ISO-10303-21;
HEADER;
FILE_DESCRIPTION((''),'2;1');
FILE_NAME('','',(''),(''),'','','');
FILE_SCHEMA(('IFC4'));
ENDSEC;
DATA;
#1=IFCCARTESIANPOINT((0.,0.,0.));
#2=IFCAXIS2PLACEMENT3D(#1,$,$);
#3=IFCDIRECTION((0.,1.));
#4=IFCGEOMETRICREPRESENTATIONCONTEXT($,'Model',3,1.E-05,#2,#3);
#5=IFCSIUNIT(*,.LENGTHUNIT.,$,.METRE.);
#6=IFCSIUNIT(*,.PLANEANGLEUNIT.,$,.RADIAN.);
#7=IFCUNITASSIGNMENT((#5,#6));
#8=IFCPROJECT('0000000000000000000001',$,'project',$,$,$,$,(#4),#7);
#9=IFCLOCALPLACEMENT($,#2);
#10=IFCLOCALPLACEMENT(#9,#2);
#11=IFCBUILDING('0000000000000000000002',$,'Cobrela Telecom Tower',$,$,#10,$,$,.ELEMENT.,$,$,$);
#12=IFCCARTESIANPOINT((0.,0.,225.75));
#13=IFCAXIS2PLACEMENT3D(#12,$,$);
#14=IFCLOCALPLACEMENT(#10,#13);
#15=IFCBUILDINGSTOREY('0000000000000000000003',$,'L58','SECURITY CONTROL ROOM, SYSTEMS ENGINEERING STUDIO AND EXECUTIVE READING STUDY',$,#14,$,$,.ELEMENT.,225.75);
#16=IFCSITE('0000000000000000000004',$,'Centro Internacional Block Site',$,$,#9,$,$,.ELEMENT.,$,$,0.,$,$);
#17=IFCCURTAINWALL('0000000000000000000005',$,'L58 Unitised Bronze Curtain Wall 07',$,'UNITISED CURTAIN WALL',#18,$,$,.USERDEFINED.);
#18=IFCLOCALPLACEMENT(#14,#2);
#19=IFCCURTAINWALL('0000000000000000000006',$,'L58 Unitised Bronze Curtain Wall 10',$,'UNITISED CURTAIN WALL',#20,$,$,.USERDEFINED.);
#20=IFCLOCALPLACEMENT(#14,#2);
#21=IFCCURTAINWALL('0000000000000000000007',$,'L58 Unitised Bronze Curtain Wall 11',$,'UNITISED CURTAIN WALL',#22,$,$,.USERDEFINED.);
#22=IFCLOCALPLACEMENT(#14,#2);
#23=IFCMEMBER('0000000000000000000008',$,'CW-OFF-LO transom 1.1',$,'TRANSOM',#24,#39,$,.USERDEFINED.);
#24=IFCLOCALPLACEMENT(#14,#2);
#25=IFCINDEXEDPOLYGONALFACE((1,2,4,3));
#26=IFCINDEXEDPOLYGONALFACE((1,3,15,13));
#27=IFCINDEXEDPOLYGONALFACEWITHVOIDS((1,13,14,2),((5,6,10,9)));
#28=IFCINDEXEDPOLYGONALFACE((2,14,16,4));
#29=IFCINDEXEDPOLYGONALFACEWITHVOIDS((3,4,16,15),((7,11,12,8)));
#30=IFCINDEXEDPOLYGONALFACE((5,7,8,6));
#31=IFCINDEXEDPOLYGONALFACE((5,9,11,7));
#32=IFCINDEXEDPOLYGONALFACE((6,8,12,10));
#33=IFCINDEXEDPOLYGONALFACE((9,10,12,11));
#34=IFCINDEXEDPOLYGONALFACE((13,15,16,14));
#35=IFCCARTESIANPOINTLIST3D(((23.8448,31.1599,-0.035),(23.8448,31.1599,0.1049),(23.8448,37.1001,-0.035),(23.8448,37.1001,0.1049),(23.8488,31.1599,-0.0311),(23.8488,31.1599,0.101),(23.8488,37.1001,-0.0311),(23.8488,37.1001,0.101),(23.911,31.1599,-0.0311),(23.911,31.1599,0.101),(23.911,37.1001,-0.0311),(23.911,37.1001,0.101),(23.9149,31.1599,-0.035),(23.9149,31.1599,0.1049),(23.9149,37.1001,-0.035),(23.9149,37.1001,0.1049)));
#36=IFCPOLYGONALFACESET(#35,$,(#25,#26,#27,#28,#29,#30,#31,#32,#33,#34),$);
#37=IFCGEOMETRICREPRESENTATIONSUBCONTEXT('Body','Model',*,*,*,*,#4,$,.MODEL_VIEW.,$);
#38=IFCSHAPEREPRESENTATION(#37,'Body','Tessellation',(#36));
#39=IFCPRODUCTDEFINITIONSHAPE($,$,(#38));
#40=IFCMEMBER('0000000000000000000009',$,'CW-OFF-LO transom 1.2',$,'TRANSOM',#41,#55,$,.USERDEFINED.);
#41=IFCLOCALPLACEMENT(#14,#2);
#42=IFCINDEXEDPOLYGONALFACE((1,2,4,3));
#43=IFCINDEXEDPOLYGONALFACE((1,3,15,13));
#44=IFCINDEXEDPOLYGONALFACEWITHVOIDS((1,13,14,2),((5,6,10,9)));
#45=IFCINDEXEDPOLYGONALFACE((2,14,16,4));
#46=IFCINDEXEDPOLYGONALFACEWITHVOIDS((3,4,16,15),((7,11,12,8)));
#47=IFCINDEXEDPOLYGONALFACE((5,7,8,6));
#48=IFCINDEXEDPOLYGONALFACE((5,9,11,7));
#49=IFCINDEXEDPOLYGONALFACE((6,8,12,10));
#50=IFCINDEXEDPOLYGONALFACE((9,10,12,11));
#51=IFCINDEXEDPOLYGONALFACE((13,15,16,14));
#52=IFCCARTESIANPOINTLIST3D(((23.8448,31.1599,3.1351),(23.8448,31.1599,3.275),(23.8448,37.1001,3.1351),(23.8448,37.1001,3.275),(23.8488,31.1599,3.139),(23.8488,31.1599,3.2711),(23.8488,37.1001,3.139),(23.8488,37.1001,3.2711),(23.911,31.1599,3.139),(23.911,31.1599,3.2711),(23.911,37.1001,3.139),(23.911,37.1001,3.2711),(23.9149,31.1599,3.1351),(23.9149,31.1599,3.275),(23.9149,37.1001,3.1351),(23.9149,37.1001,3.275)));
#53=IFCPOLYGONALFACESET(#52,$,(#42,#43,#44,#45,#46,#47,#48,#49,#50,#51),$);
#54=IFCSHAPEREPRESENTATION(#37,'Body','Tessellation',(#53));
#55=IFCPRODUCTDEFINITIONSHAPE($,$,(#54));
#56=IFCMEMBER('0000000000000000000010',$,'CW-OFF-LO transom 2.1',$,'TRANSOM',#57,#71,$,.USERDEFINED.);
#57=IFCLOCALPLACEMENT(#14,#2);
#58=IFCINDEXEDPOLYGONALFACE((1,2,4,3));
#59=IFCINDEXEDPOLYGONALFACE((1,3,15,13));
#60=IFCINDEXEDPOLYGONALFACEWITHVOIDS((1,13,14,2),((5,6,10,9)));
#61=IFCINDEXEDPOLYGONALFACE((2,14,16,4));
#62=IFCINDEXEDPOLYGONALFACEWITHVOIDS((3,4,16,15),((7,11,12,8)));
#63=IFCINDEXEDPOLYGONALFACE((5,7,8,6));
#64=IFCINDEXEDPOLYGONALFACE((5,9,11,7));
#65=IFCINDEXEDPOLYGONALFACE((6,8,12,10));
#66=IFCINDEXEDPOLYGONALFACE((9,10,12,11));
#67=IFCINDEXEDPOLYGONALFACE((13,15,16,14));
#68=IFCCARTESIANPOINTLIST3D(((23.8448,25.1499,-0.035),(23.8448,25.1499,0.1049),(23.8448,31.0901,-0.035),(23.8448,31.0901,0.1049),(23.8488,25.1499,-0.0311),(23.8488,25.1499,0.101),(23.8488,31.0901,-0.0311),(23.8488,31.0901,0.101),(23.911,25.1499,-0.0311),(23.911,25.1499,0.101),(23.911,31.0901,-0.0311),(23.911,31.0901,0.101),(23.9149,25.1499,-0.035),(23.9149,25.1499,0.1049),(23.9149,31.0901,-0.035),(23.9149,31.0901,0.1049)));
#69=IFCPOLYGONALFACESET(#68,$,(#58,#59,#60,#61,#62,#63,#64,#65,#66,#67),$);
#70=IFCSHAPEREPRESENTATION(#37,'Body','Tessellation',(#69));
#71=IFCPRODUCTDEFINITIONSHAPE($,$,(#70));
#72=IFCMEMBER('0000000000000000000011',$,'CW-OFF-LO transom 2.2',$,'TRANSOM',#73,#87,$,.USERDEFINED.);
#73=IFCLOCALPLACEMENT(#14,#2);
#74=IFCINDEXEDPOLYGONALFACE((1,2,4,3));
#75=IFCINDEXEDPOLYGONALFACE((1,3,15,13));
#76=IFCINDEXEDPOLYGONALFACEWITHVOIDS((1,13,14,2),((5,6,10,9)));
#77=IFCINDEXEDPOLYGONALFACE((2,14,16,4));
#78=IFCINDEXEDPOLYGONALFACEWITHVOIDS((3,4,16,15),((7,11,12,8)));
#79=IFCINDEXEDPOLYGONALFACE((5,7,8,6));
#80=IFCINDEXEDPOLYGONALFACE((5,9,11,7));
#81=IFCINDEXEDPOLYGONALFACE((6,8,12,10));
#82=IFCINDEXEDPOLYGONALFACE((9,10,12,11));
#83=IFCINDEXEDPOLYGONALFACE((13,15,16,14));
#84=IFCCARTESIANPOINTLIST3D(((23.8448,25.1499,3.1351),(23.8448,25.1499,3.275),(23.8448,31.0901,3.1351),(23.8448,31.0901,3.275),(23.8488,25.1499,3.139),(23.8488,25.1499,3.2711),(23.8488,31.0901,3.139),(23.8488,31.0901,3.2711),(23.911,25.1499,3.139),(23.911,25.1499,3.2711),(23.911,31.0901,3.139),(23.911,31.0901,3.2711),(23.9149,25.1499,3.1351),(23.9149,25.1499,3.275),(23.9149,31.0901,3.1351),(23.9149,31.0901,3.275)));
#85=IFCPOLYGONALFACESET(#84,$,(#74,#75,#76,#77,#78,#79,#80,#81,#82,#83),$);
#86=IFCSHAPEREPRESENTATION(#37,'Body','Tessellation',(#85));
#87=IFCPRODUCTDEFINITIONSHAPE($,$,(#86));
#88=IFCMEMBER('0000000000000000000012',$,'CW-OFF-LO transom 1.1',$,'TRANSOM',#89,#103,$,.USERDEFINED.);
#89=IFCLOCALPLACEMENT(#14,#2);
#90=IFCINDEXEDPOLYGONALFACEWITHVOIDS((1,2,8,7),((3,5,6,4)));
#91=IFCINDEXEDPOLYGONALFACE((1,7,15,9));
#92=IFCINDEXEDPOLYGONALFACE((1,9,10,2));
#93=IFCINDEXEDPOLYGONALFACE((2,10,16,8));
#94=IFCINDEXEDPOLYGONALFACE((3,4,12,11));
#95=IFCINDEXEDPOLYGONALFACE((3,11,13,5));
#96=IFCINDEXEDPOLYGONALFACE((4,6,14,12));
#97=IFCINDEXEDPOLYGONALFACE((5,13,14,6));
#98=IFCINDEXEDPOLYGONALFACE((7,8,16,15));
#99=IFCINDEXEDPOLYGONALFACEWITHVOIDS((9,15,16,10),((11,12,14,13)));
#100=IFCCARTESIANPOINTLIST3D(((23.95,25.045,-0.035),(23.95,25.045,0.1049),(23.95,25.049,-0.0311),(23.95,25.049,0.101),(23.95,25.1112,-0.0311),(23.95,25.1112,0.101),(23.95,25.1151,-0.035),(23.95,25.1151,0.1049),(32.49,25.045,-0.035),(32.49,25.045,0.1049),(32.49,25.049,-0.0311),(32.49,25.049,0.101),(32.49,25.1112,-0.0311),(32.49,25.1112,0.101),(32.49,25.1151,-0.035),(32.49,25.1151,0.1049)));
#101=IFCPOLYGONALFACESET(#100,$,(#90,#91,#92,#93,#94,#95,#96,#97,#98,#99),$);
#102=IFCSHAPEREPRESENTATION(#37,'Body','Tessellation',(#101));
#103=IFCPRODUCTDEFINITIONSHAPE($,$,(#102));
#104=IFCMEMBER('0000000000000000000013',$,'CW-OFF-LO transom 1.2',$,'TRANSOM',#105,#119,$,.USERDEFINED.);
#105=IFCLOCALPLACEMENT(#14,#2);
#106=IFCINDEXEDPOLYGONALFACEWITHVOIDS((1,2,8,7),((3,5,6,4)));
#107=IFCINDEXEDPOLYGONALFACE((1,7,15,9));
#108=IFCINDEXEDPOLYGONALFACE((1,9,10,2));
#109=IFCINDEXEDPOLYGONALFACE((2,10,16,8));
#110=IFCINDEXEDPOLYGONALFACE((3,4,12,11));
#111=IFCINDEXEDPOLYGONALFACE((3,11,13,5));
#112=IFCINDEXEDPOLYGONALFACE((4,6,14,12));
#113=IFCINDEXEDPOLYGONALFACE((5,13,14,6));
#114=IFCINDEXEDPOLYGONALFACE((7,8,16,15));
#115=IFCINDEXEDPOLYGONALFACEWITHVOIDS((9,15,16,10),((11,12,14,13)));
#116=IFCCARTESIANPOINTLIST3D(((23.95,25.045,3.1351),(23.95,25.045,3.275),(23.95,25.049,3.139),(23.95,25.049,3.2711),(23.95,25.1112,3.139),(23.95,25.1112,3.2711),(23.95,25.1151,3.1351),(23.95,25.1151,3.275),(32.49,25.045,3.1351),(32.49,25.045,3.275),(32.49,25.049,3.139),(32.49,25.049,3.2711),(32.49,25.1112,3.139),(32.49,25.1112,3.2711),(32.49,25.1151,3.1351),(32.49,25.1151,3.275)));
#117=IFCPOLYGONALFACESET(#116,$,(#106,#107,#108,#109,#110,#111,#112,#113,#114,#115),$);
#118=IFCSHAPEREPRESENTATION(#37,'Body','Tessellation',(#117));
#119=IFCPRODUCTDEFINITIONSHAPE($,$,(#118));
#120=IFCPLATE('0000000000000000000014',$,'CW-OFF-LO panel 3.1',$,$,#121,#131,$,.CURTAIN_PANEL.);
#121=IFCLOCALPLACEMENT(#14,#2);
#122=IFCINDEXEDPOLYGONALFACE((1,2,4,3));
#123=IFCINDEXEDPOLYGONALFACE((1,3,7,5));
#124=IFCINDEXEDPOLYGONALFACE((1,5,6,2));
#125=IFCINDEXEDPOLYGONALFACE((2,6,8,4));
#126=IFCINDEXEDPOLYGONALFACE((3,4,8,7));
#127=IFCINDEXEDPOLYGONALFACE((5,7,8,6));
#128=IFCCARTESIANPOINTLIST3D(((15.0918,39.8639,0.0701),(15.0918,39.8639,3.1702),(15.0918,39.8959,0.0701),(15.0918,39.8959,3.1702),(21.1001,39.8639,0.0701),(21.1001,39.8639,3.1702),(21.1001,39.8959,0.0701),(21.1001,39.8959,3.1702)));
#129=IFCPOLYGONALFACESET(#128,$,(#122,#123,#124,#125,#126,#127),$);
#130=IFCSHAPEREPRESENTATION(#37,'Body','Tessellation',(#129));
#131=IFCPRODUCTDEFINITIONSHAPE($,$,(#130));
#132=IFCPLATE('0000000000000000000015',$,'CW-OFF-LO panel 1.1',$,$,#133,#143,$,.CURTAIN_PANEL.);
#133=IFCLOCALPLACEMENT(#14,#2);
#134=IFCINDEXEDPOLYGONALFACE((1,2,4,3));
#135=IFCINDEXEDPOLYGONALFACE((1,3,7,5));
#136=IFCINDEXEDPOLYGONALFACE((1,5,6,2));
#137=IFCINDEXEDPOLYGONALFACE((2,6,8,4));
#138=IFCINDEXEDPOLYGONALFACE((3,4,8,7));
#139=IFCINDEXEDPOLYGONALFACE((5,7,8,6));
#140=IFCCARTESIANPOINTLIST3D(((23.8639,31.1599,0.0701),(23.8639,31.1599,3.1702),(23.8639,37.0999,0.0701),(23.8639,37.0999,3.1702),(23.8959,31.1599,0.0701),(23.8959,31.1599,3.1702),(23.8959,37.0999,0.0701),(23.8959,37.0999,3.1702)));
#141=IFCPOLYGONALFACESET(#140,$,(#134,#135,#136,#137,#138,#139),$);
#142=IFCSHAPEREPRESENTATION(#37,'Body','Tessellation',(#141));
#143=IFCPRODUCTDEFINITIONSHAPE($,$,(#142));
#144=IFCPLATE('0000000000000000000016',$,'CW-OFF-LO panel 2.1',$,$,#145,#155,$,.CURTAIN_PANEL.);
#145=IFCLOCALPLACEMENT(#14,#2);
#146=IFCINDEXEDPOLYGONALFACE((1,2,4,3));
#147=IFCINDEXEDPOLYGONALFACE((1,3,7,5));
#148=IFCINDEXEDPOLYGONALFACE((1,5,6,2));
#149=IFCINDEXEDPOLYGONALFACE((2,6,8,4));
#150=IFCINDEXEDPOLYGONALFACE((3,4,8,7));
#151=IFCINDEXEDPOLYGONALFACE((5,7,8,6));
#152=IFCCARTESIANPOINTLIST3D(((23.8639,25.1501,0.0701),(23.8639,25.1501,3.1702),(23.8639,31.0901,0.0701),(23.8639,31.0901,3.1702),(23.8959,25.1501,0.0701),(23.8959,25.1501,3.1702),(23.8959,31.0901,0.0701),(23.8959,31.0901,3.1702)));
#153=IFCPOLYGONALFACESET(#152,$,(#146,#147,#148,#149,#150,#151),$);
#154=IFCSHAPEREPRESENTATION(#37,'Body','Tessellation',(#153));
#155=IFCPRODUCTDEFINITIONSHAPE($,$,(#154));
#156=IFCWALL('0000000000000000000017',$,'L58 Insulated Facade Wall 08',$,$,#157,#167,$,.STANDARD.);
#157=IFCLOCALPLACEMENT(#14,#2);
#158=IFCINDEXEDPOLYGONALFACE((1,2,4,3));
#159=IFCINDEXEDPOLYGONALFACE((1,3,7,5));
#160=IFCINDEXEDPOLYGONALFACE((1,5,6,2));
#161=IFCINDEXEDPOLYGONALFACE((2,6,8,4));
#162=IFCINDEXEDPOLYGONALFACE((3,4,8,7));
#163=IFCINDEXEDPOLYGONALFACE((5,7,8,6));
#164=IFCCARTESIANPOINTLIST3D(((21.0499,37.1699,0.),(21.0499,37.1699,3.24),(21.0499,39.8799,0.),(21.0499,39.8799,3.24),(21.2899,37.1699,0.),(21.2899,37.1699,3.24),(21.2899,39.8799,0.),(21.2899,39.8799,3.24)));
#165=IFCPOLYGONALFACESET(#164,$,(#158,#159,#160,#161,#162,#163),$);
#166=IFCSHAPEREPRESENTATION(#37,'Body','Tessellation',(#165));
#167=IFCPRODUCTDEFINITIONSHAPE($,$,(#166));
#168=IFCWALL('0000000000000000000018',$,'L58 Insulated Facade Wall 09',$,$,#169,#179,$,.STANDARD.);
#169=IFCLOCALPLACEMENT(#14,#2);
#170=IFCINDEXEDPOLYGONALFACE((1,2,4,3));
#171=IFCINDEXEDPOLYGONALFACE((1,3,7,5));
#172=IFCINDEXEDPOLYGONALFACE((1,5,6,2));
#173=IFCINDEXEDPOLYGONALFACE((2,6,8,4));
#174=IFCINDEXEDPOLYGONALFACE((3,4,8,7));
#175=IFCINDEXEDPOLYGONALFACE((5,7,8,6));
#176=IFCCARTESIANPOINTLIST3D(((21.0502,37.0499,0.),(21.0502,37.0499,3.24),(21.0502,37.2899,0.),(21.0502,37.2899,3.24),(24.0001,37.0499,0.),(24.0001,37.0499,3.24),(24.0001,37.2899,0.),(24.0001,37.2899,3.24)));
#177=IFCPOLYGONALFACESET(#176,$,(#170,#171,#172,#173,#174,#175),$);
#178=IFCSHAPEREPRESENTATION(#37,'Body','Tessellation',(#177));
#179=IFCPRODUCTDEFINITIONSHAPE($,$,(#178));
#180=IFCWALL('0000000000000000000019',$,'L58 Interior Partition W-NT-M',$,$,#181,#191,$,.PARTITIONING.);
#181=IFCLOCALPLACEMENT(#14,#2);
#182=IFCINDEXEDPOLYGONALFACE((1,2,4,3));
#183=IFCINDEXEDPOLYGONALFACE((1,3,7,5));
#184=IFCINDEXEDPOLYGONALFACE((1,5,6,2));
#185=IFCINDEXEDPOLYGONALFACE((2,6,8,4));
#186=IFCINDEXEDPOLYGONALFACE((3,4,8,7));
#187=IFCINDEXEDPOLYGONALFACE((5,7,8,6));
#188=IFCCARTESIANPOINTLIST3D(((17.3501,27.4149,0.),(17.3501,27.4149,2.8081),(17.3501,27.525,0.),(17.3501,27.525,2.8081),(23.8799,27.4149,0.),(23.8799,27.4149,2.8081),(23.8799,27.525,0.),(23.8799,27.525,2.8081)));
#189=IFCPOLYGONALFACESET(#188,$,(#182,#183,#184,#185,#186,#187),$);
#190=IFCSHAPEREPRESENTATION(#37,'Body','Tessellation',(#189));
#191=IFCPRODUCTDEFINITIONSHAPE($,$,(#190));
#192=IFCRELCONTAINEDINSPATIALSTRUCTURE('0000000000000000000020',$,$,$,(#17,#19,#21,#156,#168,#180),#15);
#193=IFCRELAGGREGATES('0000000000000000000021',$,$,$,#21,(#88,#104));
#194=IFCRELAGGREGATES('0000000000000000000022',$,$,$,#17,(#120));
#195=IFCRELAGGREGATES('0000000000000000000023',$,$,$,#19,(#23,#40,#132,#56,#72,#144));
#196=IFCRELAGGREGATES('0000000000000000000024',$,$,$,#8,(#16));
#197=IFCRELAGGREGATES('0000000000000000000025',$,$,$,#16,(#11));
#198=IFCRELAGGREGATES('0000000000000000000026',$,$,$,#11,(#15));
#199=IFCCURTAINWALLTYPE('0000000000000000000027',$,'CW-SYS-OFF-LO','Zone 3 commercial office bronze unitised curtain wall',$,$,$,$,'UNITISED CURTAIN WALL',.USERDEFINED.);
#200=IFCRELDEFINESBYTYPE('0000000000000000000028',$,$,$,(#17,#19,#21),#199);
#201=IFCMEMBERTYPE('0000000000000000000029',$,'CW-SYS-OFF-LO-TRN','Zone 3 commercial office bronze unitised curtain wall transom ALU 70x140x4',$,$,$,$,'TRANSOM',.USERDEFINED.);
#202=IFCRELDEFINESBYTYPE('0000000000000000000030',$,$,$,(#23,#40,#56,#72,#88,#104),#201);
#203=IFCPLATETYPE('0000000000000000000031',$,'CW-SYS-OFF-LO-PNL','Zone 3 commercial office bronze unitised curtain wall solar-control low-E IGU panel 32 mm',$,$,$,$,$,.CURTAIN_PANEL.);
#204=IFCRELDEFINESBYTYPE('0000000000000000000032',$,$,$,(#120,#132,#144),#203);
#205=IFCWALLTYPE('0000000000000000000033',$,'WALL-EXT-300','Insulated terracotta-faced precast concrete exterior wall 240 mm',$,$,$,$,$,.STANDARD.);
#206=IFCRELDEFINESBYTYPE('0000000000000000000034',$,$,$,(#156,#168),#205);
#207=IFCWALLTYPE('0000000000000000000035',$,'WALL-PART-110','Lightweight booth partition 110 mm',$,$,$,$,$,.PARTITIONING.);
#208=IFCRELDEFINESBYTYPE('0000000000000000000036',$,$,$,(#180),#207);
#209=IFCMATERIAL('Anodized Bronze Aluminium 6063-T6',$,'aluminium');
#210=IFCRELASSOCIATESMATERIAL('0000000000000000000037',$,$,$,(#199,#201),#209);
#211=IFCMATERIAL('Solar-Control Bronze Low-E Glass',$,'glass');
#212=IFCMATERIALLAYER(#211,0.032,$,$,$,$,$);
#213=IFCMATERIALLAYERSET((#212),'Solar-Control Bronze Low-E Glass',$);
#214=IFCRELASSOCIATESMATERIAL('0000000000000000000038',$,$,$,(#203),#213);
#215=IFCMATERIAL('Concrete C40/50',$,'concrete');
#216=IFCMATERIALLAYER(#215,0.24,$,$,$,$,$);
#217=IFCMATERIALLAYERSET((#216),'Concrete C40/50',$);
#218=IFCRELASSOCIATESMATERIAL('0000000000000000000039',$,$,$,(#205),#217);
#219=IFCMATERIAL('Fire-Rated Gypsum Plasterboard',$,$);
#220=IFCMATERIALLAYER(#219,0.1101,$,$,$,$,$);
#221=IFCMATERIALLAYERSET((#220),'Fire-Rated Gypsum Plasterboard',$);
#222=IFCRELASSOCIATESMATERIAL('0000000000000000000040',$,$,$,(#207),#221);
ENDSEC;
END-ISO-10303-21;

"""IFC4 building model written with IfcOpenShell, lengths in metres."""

from ifc_helpers import new_model, si_unit, direction, frame, frame_2d, origin, origin_2d, place, context, subcontext, project, spatial, rectangle, hollow_rectangle, extrude, material, layer, layer_set, material_profile, profile_set, type_object, element, aggregate, save


model = new_model("IFC4")

# Units and contexts
model_context = context("Model", 3, precision=1e-05, world=origin(), true_north=direction((0.0, 1.0)))
body_context = subcontext(model_context, "Body", "Model", "MODEL_VIEW")
ifc_project = project(units=[si_unit("LENGTHUNIT", "METRE"), si_unit("PLANEANGLEUNIT", "RADIAN")], contexts=[model_context])

# Site, building, storey
site_placement = place(None, origin())
site = spatial("IfcSite", under=ifc_project, at=site_placement, Name="Centro Internacional Block Site", CompositionType="ELEMENT", RefElevation=0.0)
building_placement = place(site_placement, origin())
building = spatial("IfcBuilding", under=site, at=building_placement, Name="Cobrela Telecom Tower", CompositionType="ELEMENT")
storey_placement = place(building_placement, frame((0.0, 0.0, 225.75)))
storey = spatial("IfcBuildingStorey", under=building, at=storey_placement, Name="L58", Description="SECURITY CONTROL ROOM, SYSTEMS ENGINEERING STUDIO AND EXECUTIVE READING STUDY", CompositionType="ELEMENT", Elevation=225.75)

# Curtain wall
ifc_material_1 = material(Name="Anodized Bronze Aluminium 6063-T6", Category="aluminium")
curtain_wall_type = type_object("IfcCurtainWallType", Name="CW-SYS-OFF-LO", Description="Zone 3 commercial office bronze unitised curtain wall", ElementType="UNITISED CURTAIN WALL", PredefinedType="USERDEFINED", material=ifc_material_1)
curtain_wall_1_placement = place(storey_placement, origin())
curtain_wall_1 = element("IfcCurtainWall", 1, at=curtain_wall_1_placement, inside=storey, type_object=curtain_wall_type, Name="L58 Unitised Bronze Curtain Wall 07", ObjectType="UNITISED CURTAIN WALL", PredefinedType="USERDEFINED")

# Curtain wall
curtain_wall_2_placement = place(storey_placement, origin())
curtain_wall_2 = element("IfcCurtainWall", 2, at=curtain_wall_2_placement, inside=storey, type_object=curtain_wall_type, Name="L58 Unitised Bronze Curtain Wall 10", ObjectType="UNITISED CURTAIN WALL", PredefinedType="USERDEFINED")

# Curtain wall
curtain_wall_3_placement = place(storey_placement, origin())
curtain_wall_3 = element("IfcCurtainWall", 3, at=curtain_wall_3_placement, inside=storey, type_object=curtain_wall_type, Name="L58 Unitised Bronze Curtain Wall 11", ObjectType="UNITISED CURTAIN WALL", PredefinedType="USERDEFINED")

# Members
ifc_material_profile_1 = material_profile(ifc_material_1, hollow_rectangle(XDim=0.0701, YDim=0.1399, WallThickness=0.0039, at=origin_2d()), Name="ALU 70x140x4")
ifc_profile_set_1 = profile_set([ifc_material_profile_1], Name="Anodized Bronze Aluminium 6063-T6")
member_type_1 = type_object("IfcMemberType", Name="CW-SYS-OFF-LO-TRN", Description="Zone 3 commercial office bronze unitised curtain wall transom ALU 70x140x4", ElementType="TRANSOM", PredefinedType="USERDEFINED", material=ifc_profile_set_1)
member_1_placement = place(storey_placement, frame((23.8799, 37.1001, 0.0349), z_axis=(0.0, -1.0, 0.0), x_axis=(1.0, 0.0, 0.0)))
member_1 = element("IfcMember", 4, at=member_1_placement, type_object=member_type_1, Name="CW-OFF-LO transom 1.1", ObjectType="TRANSOM", PredefinedType="USERDEFINED", context=body_context, shape_type="SweptSolid", body=[
    extrude(hollow_rectangle(XDim=0.0701, YDim=0.1399, WallThickness=0.0039, at=origin_2d()), origin(), (0.0, 0.0, 1.0), 5.9402),
])
member_2_placement = place(storey_placement, frame((23.8799, 37.1001, 3.2051), z_axis=(0.0, -1.0, 0.0), x_axis=(1.0, 0.0, 0.0)))
member_2 = element("IfcMember", 5, at=member_2_placement, type_object=member_type_1, Name="CW-OFF-LO transom 1.2", ObjectType="TRANSOM", PredefinedType="USERDEFINED", context=body_context, shape_type="SweptSolid", body=[
    extrude(hollow_rectangle(XDim=0.0701, YDim=0.1399, WallThickness=0.0039, at=origin_2d()), origin(), (0.0, 0.0, 1.0), 5.9402),
])
member_3_placement = place(storey_placement, frame((23.8799, 31.0901, 0.0349), z_axis=(0.0, -1.0, 0.0), x_axis=(1.0, 0.0, 0.0)))
member_3 = element("IfcMember", 6, at=member_3_placement, type_object=member_type_1, Name="CW-OFF-LO transom 2.1", ObjectType="TRANSOM", PredefinedType="USERDEFINED", context=body_context, shape_type="SweptSolid", body=[
    extrude(hollow_rectangle(XDim=0.0701, YDim=0.1399, WallThickness=0.0039, at=origin_2d()), origin(), (0.0, 0.0, 1.0), 5.9402),
])
member_4_placement = place(storey_placement, frame((23.8799, 31.0901, 3.2051), z_axis=(0.0, -1.0, 0.0), x_axis=(1.0, 0.0, 0.0)))
member_4 = element("IfcMember", 7, at=member_4_placement, type_object=member_type_1, Name="CW-OFF-LO transom 2.2", ObjectType="TRANSOM", PredefinedType="USERDEFINED", context=body_context, shape_type="SweptSolid", body=[
    extrude(hollow_rectangle(XDim=0.0701, YDim=0.1399, WallThickness=0.0039, at=origin_2d()), origin(), (0.0, 0.0, 1.0), 5.9402),
])
member_5_placement = place(storey_placement, frame((23.95, 25.0801, 0.0349), z_axis=(1.0, 0.0, 0.0), x_axis=(0.0, 1.0, 0.0)))
member_5 = element("IfcMember", 8, at=member_5_placement, type_object=member_type_1, Name="CW-OFF-LO transom 1.1", ObjectType="TRANSOM", PredefinedType="USERDEFINED", context=body_context, shape_type="SweptSolid", body=[
    extrude(hollow_rectangle(XDim=0.0701, YDim=0.1399, WallThickness=0.0039, at=origin_2d()), origin(), (0.0, 0.0, 1.0), 8.54),
])
member_6_placement = place(storey_placement, frame((23.95, 25.0801, 3.2051), z_axis=(1.0, 0.0, 0.0), x_axis=(0.0, 1.0, 0.0)))
member_6 = element("IfcMember", 9, at=member_6_placement, type_object=member_type_1, Name="CW-OFF-LO transom 1.2", ObjectType="TRANSOM", PredefinedType="USERDEFINED", context=body_context, shape_type="SweptSolid", body=[
    extrude(hollow_rectangle(XDim=0.0701, YDim=0.1399, WallThickness=0.0039, at=origin_2d()), origin(), (0.0, 0.0, 1.0), 8.54),
])
aggregate(curtain_wall_3, [member_5, member_6])

# Plates
ifc_material_2 = material(Name="Solar-Control Bronze Low-E Glass", Category="glass")
ifc_layer_1 = layer(ifc_material_2, 0.032)
ifc_layer_set_1 = layer_set([ifc_layer_1], Name="Solar-Control Bronze Low-E Glass")
plate_type = type_object("IfcPlateType", Name="CW-SYS-OFF-LO-PNL", Description="Zone 3 commercial office bronze unitised curtain wall solar-control low-E IGU panel 32 mm", PredefinedType="CURTAIN_PANEL", material=ifc_layer_set_1)
plate_1_placement = place(storey_placement, frame((18.0959, 39.8799, 0.0701), z_axis=(0.0, 0.0, 1.0), x_axis=(1.0, 0.0, 0.0)))
plate_1 = element("IfcPlate", 10, at=plate_1_placement, type_object=plate_type, Name="CW-OFF-LO panel 3.1", PredefinedType="CURTAIN_PANEL", context=body_context, shape_type="SweptSolid", body=[
    extrude(rectangle(XDim=6.0083, YDim=0.032, at=origin_2d()), origin(), (0.0, 0.0, 1.0), 3.1001),
])
aggregate(curtain_wall_1, [plate_1])
plate_2_placement = place(storey_placement, frame((23.8799, 34.1299, 0.0701), z_axis=(0.0, 0.0, 1.0), x_axis=(0.0, -1.0, 0.0)))
plate_2 = element("IfcPlate", 11, at=plate_2_placement, type_object=plate_type, Name="CW-OFF-LO panel 1.1", PredefinedType="CURTAIN_PANEL", context=body_context, shape_type="SweptSolid", body=[
    extrude(rectangle(XDim=5.9399, YDim=0.032, at=origin_2d()), origin(), (0.0, 0.0, 1.0), 3.1001),
])
plate_3_placement = place(storey_placement, frame((23.8799, 28.1201, 0.0701), z_axis=(0.0, 0.0, 1.0), x_axis=(0.0, -1.0, 0.0)))
plate_3 = element("IfcPlate", 12, at=plate_3_placement, type_object=plate_type, Name="CW-OFF-LO panel 2.1", PredefinedType="CURTAIN_PANEL", context=body_context, shape_type="SweptSolid", body=[
    extrude(rectangle(XDim=5.9399, YDim=0.032, at=origin_2d()), origin(), (0.0, 0.0, 1.0), 3.1001),
])
aggregate(curtain_wall_2, [member_1, member_2, plate_2, member_3, member_4, plate_3])

# Walls
ifc_material_3 = material(Name="Concrete C40/50", Category="concrete")
ifc_layer_2 = layer(ifc_material_3, 0.24)
ifc_layer_set_2 = layer_set([ifc_layer_2], Name="Concrete C40/50")
wall_type_1 = type_object("IfcWallType", Name="WALL-EXT-300", Description="Insulated terracotta-faced precast concrete exterior wall 240 mm", PredefinedType="STANDARD", material=ifc_layer_set_2)
wall_1_placement = place(storey_placement, frame((21.1699, 39.8799, 0.0), z_axis=(0.0, 0.0, 1.0), x_axis=(0.0, -1.0, 0.0)))
element("IfcWall", 13, at=wall_1_placement, inside=storey, type_object=wall_type_1, Name="L58 Insulated Facade Wall 08", PredefinedType="STANDARD", context=body_context, shape_type="SweptSolid", body=[
    extrude(rectangle(XDim=2.71, YDim=0.24, at=frame_2d((1.355, 0.0))), origin(), (0.0, 0.0, 1.0), 3.24),
])
wall_2_placement = place(storey_placement, frame((21.05, 37.1699, 0.0), z_axis=(0.0, 0.0, 1.0), x_axis=(1.0, 0.0, 0.0)))
element("IfcWall", 14, at=wall_2_placement, inside=storey, type_object=wall_type_1, Name="L58 Insulated Facade Wall 09", PredefinedType="STANDARD", context=body_context, shape_type="SweptSolid", body=[
    extrude(rectangle(XDim=2.95, YDim=0.24, at=frame_2d((1.4751, 0.0))), origin(), (0.0, 0.0, 1.0), 3.24),
])
ifc_material_4 = material(Name="Fire-Rated Gypsum Plasterboard")
ifc_layer_3 = layer(ifc_material_4, 0.1101)
ifc_layer_set_3 = layer_set([ifc_layer_3], Name="Fire-Rated Gypsum Plasterboard")
wall_type_2 = type_object("IfcWallType", Name="WALL-PART-110", Description="Lightweight booth partition 110 mm", PredefinedType="PARTITIONING", material=ifc_layer_set_3)
wall_3_placement = place(storey_placement, frame((17.3501, 27.47, 0.0), z_axis=(0.0, 0.0, 1.0), x_axis=(1.0, 0.0, 0.0)))
element("IfcWall", 15, at=wall_3_placement, inside=storey, type_object=wall_type_2, Name="L58 Interior Partition W-NT-M", PredefinedType="PARTITIONING", context=body_context, shape_type="SweptSolid", body=[
    extrude(rectangle(XDim=6.5298, YDim=0.1101, at=frame_2d((3.2649, 0.0))), origin(), (0.0, 0.0, 1.0), 2.8081),
])

save(model, "model.ifc")
